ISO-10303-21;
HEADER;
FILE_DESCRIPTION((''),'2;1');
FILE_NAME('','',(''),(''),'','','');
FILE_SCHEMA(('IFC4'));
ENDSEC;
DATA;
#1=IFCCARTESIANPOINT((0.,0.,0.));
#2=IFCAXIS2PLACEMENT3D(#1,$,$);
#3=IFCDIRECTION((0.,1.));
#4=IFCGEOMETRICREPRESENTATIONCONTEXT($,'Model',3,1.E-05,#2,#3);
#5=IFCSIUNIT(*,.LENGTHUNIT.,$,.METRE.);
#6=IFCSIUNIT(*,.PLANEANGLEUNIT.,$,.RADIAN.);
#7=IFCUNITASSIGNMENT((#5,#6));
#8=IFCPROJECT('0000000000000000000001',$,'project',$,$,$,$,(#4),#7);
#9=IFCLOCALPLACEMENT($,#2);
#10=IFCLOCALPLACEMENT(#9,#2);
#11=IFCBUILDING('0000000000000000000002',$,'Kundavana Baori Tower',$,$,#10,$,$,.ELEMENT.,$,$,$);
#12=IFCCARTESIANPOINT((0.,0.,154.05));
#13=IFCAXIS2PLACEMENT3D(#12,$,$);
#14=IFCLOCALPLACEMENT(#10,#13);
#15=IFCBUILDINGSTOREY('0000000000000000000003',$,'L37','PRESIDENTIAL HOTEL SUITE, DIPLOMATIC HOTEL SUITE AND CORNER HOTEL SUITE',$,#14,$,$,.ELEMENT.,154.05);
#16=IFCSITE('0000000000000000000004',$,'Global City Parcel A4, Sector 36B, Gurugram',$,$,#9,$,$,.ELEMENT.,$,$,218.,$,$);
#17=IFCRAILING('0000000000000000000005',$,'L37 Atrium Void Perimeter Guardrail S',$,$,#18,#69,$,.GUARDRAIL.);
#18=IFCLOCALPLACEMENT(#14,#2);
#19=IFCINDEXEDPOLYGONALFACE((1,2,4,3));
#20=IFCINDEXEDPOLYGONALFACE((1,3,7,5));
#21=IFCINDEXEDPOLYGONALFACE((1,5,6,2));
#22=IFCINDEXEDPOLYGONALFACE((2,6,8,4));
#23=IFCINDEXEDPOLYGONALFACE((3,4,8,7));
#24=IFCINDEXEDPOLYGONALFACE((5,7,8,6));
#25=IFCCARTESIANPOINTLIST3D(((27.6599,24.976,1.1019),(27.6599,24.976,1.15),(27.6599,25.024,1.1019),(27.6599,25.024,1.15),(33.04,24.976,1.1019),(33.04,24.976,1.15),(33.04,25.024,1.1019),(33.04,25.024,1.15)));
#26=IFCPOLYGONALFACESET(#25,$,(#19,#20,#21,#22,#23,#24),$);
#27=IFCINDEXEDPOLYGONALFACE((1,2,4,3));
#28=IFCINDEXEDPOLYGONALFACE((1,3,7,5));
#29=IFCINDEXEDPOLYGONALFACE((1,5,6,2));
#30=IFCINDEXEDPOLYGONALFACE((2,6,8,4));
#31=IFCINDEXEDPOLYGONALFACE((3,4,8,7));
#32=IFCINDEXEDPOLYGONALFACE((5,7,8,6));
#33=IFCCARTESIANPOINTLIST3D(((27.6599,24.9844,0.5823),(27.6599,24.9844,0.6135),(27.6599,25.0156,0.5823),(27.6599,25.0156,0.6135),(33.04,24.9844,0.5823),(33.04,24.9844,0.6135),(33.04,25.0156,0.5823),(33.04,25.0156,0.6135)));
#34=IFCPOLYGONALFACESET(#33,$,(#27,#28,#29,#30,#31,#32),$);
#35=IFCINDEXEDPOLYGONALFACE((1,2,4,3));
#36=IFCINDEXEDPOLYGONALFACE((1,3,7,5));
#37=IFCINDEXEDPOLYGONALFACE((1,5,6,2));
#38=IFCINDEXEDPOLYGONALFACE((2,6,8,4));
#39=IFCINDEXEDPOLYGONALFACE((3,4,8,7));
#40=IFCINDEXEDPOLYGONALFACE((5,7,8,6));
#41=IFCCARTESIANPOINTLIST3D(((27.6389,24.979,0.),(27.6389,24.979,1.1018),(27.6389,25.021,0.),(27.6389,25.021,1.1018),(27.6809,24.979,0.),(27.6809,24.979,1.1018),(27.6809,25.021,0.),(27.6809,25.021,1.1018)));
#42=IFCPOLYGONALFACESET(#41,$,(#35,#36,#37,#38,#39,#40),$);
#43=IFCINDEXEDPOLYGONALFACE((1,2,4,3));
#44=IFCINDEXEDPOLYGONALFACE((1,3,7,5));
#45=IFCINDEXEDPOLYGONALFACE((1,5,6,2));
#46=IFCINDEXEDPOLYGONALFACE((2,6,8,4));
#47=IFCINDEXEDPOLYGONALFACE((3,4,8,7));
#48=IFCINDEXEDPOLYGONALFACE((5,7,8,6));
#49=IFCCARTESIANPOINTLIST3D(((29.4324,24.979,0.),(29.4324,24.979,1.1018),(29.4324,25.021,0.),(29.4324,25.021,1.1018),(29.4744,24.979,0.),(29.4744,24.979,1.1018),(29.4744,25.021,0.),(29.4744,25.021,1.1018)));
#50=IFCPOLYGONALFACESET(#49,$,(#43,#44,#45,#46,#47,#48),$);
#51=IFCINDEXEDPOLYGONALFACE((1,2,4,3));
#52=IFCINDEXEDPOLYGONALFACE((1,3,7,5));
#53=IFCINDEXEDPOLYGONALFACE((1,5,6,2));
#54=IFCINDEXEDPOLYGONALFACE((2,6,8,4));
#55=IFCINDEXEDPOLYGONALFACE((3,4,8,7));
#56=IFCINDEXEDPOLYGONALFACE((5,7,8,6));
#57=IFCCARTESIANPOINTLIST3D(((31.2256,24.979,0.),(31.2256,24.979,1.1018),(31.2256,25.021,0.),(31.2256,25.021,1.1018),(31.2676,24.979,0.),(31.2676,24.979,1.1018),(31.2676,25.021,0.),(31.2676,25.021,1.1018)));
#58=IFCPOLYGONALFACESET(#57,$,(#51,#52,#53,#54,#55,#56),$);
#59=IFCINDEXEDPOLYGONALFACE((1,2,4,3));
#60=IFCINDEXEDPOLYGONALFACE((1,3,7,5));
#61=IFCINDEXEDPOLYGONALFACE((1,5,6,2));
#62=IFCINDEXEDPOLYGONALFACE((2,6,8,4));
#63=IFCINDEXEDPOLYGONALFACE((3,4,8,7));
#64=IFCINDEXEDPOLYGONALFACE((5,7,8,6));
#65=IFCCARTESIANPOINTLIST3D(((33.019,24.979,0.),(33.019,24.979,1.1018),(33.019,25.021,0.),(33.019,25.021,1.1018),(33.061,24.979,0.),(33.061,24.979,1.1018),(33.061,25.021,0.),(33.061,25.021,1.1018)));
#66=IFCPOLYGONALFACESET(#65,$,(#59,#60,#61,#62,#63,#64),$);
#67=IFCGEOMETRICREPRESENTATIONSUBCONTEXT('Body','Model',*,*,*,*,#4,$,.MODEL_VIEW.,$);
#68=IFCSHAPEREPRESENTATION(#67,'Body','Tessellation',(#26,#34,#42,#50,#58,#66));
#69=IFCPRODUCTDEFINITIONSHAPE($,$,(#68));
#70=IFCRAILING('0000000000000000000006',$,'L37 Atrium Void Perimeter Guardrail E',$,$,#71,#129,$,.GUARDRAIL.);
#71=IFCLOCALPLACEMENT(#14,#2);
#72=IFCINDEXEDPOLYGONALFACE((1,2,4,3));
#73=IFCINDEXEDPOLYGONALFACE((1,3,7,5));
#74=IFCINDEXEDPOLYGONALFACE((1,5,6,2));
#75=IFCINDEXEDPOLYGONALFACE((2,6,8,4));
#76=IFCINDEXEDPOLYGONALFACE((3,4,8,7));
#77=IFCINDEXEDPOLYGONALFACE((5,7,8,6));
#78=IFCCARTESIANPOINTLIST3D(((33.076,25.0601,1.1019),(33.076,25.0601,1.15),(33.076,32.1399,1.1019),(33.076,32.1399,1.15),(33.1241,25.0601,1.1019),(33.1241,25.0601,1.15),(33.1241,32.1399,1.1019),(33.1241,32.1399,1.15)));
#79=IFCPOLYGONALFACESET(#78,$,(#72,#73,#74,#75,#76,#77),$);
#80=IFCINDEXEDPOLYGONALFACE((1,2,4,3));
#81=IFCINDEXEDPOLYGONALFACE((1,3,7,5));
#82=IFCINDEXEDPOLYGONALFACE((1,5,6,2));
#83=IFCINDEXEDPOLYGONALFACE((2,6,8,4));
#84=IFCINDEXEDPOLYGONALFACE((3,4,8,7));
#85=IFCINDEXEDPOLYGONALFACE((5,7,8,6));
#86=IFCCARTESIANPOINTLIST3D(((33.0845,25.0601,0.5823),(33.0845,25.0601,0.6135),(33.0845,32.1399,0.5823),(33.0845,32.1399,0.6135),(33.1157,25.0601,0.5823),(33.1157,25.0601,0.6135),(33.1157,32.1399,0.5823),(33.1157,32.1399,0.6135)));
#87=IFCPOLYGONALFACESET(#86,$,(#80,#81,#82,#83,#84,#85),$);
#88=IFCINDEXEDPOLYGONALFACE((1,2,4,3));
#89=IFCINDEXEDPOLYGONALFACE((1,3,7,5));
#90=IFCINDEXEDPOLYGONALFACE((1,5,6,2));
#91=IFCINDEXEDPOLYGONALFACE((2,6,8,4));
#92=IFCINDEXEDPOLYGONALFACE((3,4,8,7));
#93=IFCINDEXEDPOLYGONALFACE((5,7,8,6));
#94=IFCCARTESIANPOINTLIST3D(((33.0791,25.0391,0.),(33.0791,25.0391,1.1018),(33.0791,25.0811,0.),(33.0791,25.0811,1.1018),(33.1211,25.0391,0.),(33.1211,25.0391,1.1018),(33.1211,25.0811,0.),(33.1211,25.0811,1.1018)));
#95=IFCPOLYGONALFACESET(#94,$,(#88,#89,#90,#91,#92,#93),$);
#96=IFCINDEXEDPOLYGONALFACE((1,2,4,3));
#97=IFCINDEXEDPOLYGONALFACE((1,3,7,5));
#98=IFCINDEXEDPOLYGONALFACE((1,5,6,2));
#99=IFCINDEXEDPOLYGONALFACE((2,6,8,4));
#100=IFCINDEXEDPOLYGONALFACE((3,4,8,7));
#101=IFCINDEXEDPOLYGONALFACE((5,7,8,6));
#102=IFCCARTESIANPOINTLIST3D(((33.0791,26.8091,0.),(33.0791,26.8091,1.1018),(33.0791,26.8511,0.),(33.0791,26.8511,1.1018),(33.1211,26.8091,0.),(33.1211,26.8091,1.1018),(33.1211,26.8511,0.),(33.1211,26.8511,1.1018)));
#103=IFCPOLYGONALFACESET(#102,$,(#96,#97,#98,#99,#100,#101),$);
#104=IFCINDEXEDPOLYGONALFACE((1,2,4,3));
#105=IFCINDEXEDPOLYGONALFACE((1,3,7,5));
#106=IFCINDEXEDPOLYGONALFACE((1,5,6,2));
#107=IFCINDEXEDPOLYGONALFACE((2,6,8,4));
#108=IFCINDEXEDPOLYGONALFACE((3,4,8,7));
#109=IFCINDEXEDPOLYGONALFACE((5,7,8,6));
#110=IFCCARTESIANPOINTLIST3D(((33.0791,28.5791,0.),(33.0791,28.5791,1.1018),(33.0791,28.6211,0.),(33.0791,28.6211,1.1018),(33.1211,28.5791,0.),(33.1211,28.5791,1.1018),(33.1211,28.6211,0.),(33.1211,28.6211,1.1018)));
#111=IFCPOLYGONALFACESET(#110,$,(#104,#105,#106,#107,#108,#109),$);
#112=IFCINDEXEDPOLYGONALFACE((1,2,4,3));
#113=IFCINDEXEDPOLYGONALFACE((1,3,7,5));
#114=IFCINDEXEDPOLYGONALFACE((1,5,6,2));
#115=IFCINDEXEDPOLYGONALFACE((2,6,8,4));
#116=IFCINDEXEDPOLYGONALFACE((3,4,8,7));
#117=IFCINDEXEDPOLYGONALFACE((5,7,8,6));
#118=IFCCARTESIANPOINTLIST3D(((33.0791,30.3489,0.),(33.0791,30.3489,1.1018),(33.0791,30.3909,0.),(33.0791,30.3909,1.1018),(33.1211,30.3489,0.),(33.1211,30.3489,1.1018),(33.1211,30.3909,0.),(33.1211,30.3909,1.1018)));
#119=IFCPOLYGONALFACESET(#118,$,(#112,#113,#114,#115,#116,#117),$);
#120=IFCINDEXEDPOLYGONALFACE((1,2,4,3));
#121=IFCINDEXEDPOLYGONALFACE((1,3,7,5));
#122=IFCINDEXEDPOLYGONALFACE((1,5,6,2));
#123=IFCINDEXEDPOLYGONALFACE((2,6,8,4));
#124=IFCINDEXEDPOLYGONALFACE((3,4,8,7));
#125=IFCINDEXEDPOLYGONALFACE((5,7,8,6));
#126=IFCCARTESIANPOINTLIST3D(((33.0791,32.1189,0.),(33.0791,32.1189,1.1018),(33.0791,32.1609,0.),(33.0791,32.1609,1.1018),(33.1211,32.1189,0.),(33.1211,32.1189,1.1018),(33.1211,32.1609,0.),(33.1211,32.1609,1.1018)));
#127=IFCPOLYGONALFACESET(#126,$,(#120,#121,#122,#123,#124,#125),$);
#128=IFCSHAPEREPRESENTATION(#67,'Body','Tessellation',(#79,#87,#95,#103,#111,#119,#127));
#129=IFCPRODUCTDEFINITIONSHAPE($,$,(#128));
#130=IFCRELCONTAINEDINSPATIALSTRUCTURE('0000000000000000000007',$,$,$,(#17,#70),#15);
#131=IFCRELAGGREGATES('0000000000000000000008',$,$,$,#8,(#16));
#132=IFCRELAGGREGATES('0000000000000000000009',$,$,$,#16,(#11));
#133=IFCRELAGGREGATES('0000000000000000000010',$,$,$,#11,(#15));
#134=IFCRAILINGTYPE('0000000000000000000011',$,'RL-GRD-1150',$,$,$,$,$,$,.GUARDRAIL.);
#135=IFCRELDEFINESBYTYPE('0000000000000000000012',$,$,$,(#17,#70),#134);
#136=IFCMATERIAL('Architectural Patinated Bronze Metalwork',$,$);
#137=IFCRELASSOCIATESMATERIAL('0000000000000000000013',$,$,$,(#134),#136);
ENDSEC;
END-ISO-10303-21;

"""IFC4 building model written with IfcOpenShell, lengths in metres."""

from ifc_helpers import new_model, si_unit, direction, frame, origin, origin_2d, place, context, subcontext, project, spatial, rectangle, extrude, material, type_object, element, save


model = new_model("IFC4")

# Units and contexts
model_context = context("Model", 3, precision=1e-05, world=origin(), true_north=direction((0.0, 1.0)))
body_context = subcontext(model_context, "Body", "Model", "MODEL_VIEW")
ifc_project = project(units=[si_unit("LENGTHUNIT", "METRE"), si_unit("PLANEANGLEUNIT", "RADIAN")], contexts=[model_context])

# Site, building, storey
site_placement = place(None, origin())
site = spatial("IfcSite", under=ifc_project, at=site_placement, Name="Global City Parcel A4, Sector 36B, Gurugram", CompositionType="ELEMENT", RefElevation=218.0)
building_placement = place(site_placement, origin())
building = spatial("IfcBuilding", under=site, at=building_placement, Name="Kundavana Baori Tower", CompositionType="ELEMENT")
storey_placement = place(building_placement, frame((0.0, 0.0, 154.05)))
storey = spatial("IfcBuildingStorey", under=building, at=storey_placement, Name="L37", Description="PRESIDENTIAL HOTEL SUITE, DIPLOMATIC HOTEL SUITE AND CORNER HOTEL SUITE", CompositionType="ELEMENT", Elevation=154.05)

# Railings
ifc_material_1 = material(Name="Architectural Patinated Bronze Metalwork")
railing_type = type_object("IfcRailingType", Name="RL-GRD-1150", PredefinedType="GUARDRAIL", material=ifc_material_1)
railing_1_placement = place(storey_placement, frame((27.6599, 25.0, 0.0)))
element("IfcRailing", 1, at=railing_1_placement, inside=storey, type_object=railing_type, Name="L37 Atrium Void Perimeter Guardrail S", PredefinedType="GUARDRAIL", context=body_context, shape_type="SweptSolid", body=[
    extrude(rectangle(XDim=0.0481, YDim=0.0481, at=origin_2d()), frame((0.0, 0.0, 1.126), z_axis=(1.0, 0.0, 0.0), x_axis=(0.0, 1.0, 0.0)), (0.0, 0.0, 1.0), 5.3801),
    extrude(rectangle(XDim=0.0312, YDim=0.0312, at=origin_2d()), frame((0.0, 0.0, 0.5979), z_axis=(1.0, 0.0, 0.0), x_axis=(0.0, 1.0, 0.0)), (0.0, 0.0, 1.0), 5.3801),
    extrude(rectangle(XDim=0.042, YDim=0.042, at=origin_2d()), origin(), (0.0, 0.0, 1.0), 1.1018),
    extrude(rectangle(XDim=0.042, YDim=0.042, at=origin_2d()), frame((1.7935, 0.0, 0.0)), (0.0, 0.0, 1.0), 1.1018),
    extrude(rectangle(XDim=0.042, YDim=0.042, at=origin_2d()), frame((3.5867, 0.0, 0.0)), (0.0, 0.0, 1.0), 1.1018),
    extrude(rectangle(XDim=0.042, YDim=0.042, at=origin_2d()), frame((5.3801, 0.0, 0.0)), (0.0, 0.0, 1.0), 1.1018),
])
railing_2_placement = place(storey_placement, frame((33.1001, 25.0601, 0.0)))
element("IfcRailing", 2, at=railing_2_placement, inside=storey, type_object=railing_type, Name="L37 Atrium Void Perimeter Guardrail E", PredefinedType="GUARDRAIL", context=body_context, shape_type="SweptSolid", body=[
    extrude(rectangle(XDim=0.0481, YDim=0.0481, at=origin_2d()), frame((0.0, 0.0, 1.126), z_axis=(0.0, 1.0, 0.0), x_axis=(-1.0, 0.0, 0.0)), (0.0, 0.0, 1.0), 7.0798),
    extrude(rectangle(XDim=0.0312, YDim=0.0312, at=origin_2d()), frame((0.0, 0.0, 0.5979), z_axis=(0.0, 1.0, 0.0), x_axis=(-1.0, 0.0, 0.0)), (0.0, 0.0, 1.0), 7.0798),
    extrude(rectangle(XDim=0.042, YDim=0.042, at=origin_2d()), origin(), (0.0, 0.0, 1.0), 1.1018),
    extrude(rectangle(XDim=0.042, YDim=0.042, at=origin_2d()), frame((0.0, 1.77, 0.0)), (0.0, 0.0, 1.0), 1.1018),
    extrude(rectangle(XDim=0.042, YDim=0.042, at=origin_2d()), frame((0.0, 3.54, 0.0)), (0.0, 0.0, 1.0), 1.1018),
    extrude(rectangle(XDim=0.042, YDim=0.042, at=origin_2d()), frame((0.0, 5.3098, 0.0)), (0.0, 0.0, 1.0), 1.1018),
    extrude(rectangle(XDim=0.042, YDim=0.042, at=origin_2d()), frame((0.0, 7.0798, 0.0)), (0.0, 0.0, 1.0), 1.1018),
])

save(model, "model.ifc")
